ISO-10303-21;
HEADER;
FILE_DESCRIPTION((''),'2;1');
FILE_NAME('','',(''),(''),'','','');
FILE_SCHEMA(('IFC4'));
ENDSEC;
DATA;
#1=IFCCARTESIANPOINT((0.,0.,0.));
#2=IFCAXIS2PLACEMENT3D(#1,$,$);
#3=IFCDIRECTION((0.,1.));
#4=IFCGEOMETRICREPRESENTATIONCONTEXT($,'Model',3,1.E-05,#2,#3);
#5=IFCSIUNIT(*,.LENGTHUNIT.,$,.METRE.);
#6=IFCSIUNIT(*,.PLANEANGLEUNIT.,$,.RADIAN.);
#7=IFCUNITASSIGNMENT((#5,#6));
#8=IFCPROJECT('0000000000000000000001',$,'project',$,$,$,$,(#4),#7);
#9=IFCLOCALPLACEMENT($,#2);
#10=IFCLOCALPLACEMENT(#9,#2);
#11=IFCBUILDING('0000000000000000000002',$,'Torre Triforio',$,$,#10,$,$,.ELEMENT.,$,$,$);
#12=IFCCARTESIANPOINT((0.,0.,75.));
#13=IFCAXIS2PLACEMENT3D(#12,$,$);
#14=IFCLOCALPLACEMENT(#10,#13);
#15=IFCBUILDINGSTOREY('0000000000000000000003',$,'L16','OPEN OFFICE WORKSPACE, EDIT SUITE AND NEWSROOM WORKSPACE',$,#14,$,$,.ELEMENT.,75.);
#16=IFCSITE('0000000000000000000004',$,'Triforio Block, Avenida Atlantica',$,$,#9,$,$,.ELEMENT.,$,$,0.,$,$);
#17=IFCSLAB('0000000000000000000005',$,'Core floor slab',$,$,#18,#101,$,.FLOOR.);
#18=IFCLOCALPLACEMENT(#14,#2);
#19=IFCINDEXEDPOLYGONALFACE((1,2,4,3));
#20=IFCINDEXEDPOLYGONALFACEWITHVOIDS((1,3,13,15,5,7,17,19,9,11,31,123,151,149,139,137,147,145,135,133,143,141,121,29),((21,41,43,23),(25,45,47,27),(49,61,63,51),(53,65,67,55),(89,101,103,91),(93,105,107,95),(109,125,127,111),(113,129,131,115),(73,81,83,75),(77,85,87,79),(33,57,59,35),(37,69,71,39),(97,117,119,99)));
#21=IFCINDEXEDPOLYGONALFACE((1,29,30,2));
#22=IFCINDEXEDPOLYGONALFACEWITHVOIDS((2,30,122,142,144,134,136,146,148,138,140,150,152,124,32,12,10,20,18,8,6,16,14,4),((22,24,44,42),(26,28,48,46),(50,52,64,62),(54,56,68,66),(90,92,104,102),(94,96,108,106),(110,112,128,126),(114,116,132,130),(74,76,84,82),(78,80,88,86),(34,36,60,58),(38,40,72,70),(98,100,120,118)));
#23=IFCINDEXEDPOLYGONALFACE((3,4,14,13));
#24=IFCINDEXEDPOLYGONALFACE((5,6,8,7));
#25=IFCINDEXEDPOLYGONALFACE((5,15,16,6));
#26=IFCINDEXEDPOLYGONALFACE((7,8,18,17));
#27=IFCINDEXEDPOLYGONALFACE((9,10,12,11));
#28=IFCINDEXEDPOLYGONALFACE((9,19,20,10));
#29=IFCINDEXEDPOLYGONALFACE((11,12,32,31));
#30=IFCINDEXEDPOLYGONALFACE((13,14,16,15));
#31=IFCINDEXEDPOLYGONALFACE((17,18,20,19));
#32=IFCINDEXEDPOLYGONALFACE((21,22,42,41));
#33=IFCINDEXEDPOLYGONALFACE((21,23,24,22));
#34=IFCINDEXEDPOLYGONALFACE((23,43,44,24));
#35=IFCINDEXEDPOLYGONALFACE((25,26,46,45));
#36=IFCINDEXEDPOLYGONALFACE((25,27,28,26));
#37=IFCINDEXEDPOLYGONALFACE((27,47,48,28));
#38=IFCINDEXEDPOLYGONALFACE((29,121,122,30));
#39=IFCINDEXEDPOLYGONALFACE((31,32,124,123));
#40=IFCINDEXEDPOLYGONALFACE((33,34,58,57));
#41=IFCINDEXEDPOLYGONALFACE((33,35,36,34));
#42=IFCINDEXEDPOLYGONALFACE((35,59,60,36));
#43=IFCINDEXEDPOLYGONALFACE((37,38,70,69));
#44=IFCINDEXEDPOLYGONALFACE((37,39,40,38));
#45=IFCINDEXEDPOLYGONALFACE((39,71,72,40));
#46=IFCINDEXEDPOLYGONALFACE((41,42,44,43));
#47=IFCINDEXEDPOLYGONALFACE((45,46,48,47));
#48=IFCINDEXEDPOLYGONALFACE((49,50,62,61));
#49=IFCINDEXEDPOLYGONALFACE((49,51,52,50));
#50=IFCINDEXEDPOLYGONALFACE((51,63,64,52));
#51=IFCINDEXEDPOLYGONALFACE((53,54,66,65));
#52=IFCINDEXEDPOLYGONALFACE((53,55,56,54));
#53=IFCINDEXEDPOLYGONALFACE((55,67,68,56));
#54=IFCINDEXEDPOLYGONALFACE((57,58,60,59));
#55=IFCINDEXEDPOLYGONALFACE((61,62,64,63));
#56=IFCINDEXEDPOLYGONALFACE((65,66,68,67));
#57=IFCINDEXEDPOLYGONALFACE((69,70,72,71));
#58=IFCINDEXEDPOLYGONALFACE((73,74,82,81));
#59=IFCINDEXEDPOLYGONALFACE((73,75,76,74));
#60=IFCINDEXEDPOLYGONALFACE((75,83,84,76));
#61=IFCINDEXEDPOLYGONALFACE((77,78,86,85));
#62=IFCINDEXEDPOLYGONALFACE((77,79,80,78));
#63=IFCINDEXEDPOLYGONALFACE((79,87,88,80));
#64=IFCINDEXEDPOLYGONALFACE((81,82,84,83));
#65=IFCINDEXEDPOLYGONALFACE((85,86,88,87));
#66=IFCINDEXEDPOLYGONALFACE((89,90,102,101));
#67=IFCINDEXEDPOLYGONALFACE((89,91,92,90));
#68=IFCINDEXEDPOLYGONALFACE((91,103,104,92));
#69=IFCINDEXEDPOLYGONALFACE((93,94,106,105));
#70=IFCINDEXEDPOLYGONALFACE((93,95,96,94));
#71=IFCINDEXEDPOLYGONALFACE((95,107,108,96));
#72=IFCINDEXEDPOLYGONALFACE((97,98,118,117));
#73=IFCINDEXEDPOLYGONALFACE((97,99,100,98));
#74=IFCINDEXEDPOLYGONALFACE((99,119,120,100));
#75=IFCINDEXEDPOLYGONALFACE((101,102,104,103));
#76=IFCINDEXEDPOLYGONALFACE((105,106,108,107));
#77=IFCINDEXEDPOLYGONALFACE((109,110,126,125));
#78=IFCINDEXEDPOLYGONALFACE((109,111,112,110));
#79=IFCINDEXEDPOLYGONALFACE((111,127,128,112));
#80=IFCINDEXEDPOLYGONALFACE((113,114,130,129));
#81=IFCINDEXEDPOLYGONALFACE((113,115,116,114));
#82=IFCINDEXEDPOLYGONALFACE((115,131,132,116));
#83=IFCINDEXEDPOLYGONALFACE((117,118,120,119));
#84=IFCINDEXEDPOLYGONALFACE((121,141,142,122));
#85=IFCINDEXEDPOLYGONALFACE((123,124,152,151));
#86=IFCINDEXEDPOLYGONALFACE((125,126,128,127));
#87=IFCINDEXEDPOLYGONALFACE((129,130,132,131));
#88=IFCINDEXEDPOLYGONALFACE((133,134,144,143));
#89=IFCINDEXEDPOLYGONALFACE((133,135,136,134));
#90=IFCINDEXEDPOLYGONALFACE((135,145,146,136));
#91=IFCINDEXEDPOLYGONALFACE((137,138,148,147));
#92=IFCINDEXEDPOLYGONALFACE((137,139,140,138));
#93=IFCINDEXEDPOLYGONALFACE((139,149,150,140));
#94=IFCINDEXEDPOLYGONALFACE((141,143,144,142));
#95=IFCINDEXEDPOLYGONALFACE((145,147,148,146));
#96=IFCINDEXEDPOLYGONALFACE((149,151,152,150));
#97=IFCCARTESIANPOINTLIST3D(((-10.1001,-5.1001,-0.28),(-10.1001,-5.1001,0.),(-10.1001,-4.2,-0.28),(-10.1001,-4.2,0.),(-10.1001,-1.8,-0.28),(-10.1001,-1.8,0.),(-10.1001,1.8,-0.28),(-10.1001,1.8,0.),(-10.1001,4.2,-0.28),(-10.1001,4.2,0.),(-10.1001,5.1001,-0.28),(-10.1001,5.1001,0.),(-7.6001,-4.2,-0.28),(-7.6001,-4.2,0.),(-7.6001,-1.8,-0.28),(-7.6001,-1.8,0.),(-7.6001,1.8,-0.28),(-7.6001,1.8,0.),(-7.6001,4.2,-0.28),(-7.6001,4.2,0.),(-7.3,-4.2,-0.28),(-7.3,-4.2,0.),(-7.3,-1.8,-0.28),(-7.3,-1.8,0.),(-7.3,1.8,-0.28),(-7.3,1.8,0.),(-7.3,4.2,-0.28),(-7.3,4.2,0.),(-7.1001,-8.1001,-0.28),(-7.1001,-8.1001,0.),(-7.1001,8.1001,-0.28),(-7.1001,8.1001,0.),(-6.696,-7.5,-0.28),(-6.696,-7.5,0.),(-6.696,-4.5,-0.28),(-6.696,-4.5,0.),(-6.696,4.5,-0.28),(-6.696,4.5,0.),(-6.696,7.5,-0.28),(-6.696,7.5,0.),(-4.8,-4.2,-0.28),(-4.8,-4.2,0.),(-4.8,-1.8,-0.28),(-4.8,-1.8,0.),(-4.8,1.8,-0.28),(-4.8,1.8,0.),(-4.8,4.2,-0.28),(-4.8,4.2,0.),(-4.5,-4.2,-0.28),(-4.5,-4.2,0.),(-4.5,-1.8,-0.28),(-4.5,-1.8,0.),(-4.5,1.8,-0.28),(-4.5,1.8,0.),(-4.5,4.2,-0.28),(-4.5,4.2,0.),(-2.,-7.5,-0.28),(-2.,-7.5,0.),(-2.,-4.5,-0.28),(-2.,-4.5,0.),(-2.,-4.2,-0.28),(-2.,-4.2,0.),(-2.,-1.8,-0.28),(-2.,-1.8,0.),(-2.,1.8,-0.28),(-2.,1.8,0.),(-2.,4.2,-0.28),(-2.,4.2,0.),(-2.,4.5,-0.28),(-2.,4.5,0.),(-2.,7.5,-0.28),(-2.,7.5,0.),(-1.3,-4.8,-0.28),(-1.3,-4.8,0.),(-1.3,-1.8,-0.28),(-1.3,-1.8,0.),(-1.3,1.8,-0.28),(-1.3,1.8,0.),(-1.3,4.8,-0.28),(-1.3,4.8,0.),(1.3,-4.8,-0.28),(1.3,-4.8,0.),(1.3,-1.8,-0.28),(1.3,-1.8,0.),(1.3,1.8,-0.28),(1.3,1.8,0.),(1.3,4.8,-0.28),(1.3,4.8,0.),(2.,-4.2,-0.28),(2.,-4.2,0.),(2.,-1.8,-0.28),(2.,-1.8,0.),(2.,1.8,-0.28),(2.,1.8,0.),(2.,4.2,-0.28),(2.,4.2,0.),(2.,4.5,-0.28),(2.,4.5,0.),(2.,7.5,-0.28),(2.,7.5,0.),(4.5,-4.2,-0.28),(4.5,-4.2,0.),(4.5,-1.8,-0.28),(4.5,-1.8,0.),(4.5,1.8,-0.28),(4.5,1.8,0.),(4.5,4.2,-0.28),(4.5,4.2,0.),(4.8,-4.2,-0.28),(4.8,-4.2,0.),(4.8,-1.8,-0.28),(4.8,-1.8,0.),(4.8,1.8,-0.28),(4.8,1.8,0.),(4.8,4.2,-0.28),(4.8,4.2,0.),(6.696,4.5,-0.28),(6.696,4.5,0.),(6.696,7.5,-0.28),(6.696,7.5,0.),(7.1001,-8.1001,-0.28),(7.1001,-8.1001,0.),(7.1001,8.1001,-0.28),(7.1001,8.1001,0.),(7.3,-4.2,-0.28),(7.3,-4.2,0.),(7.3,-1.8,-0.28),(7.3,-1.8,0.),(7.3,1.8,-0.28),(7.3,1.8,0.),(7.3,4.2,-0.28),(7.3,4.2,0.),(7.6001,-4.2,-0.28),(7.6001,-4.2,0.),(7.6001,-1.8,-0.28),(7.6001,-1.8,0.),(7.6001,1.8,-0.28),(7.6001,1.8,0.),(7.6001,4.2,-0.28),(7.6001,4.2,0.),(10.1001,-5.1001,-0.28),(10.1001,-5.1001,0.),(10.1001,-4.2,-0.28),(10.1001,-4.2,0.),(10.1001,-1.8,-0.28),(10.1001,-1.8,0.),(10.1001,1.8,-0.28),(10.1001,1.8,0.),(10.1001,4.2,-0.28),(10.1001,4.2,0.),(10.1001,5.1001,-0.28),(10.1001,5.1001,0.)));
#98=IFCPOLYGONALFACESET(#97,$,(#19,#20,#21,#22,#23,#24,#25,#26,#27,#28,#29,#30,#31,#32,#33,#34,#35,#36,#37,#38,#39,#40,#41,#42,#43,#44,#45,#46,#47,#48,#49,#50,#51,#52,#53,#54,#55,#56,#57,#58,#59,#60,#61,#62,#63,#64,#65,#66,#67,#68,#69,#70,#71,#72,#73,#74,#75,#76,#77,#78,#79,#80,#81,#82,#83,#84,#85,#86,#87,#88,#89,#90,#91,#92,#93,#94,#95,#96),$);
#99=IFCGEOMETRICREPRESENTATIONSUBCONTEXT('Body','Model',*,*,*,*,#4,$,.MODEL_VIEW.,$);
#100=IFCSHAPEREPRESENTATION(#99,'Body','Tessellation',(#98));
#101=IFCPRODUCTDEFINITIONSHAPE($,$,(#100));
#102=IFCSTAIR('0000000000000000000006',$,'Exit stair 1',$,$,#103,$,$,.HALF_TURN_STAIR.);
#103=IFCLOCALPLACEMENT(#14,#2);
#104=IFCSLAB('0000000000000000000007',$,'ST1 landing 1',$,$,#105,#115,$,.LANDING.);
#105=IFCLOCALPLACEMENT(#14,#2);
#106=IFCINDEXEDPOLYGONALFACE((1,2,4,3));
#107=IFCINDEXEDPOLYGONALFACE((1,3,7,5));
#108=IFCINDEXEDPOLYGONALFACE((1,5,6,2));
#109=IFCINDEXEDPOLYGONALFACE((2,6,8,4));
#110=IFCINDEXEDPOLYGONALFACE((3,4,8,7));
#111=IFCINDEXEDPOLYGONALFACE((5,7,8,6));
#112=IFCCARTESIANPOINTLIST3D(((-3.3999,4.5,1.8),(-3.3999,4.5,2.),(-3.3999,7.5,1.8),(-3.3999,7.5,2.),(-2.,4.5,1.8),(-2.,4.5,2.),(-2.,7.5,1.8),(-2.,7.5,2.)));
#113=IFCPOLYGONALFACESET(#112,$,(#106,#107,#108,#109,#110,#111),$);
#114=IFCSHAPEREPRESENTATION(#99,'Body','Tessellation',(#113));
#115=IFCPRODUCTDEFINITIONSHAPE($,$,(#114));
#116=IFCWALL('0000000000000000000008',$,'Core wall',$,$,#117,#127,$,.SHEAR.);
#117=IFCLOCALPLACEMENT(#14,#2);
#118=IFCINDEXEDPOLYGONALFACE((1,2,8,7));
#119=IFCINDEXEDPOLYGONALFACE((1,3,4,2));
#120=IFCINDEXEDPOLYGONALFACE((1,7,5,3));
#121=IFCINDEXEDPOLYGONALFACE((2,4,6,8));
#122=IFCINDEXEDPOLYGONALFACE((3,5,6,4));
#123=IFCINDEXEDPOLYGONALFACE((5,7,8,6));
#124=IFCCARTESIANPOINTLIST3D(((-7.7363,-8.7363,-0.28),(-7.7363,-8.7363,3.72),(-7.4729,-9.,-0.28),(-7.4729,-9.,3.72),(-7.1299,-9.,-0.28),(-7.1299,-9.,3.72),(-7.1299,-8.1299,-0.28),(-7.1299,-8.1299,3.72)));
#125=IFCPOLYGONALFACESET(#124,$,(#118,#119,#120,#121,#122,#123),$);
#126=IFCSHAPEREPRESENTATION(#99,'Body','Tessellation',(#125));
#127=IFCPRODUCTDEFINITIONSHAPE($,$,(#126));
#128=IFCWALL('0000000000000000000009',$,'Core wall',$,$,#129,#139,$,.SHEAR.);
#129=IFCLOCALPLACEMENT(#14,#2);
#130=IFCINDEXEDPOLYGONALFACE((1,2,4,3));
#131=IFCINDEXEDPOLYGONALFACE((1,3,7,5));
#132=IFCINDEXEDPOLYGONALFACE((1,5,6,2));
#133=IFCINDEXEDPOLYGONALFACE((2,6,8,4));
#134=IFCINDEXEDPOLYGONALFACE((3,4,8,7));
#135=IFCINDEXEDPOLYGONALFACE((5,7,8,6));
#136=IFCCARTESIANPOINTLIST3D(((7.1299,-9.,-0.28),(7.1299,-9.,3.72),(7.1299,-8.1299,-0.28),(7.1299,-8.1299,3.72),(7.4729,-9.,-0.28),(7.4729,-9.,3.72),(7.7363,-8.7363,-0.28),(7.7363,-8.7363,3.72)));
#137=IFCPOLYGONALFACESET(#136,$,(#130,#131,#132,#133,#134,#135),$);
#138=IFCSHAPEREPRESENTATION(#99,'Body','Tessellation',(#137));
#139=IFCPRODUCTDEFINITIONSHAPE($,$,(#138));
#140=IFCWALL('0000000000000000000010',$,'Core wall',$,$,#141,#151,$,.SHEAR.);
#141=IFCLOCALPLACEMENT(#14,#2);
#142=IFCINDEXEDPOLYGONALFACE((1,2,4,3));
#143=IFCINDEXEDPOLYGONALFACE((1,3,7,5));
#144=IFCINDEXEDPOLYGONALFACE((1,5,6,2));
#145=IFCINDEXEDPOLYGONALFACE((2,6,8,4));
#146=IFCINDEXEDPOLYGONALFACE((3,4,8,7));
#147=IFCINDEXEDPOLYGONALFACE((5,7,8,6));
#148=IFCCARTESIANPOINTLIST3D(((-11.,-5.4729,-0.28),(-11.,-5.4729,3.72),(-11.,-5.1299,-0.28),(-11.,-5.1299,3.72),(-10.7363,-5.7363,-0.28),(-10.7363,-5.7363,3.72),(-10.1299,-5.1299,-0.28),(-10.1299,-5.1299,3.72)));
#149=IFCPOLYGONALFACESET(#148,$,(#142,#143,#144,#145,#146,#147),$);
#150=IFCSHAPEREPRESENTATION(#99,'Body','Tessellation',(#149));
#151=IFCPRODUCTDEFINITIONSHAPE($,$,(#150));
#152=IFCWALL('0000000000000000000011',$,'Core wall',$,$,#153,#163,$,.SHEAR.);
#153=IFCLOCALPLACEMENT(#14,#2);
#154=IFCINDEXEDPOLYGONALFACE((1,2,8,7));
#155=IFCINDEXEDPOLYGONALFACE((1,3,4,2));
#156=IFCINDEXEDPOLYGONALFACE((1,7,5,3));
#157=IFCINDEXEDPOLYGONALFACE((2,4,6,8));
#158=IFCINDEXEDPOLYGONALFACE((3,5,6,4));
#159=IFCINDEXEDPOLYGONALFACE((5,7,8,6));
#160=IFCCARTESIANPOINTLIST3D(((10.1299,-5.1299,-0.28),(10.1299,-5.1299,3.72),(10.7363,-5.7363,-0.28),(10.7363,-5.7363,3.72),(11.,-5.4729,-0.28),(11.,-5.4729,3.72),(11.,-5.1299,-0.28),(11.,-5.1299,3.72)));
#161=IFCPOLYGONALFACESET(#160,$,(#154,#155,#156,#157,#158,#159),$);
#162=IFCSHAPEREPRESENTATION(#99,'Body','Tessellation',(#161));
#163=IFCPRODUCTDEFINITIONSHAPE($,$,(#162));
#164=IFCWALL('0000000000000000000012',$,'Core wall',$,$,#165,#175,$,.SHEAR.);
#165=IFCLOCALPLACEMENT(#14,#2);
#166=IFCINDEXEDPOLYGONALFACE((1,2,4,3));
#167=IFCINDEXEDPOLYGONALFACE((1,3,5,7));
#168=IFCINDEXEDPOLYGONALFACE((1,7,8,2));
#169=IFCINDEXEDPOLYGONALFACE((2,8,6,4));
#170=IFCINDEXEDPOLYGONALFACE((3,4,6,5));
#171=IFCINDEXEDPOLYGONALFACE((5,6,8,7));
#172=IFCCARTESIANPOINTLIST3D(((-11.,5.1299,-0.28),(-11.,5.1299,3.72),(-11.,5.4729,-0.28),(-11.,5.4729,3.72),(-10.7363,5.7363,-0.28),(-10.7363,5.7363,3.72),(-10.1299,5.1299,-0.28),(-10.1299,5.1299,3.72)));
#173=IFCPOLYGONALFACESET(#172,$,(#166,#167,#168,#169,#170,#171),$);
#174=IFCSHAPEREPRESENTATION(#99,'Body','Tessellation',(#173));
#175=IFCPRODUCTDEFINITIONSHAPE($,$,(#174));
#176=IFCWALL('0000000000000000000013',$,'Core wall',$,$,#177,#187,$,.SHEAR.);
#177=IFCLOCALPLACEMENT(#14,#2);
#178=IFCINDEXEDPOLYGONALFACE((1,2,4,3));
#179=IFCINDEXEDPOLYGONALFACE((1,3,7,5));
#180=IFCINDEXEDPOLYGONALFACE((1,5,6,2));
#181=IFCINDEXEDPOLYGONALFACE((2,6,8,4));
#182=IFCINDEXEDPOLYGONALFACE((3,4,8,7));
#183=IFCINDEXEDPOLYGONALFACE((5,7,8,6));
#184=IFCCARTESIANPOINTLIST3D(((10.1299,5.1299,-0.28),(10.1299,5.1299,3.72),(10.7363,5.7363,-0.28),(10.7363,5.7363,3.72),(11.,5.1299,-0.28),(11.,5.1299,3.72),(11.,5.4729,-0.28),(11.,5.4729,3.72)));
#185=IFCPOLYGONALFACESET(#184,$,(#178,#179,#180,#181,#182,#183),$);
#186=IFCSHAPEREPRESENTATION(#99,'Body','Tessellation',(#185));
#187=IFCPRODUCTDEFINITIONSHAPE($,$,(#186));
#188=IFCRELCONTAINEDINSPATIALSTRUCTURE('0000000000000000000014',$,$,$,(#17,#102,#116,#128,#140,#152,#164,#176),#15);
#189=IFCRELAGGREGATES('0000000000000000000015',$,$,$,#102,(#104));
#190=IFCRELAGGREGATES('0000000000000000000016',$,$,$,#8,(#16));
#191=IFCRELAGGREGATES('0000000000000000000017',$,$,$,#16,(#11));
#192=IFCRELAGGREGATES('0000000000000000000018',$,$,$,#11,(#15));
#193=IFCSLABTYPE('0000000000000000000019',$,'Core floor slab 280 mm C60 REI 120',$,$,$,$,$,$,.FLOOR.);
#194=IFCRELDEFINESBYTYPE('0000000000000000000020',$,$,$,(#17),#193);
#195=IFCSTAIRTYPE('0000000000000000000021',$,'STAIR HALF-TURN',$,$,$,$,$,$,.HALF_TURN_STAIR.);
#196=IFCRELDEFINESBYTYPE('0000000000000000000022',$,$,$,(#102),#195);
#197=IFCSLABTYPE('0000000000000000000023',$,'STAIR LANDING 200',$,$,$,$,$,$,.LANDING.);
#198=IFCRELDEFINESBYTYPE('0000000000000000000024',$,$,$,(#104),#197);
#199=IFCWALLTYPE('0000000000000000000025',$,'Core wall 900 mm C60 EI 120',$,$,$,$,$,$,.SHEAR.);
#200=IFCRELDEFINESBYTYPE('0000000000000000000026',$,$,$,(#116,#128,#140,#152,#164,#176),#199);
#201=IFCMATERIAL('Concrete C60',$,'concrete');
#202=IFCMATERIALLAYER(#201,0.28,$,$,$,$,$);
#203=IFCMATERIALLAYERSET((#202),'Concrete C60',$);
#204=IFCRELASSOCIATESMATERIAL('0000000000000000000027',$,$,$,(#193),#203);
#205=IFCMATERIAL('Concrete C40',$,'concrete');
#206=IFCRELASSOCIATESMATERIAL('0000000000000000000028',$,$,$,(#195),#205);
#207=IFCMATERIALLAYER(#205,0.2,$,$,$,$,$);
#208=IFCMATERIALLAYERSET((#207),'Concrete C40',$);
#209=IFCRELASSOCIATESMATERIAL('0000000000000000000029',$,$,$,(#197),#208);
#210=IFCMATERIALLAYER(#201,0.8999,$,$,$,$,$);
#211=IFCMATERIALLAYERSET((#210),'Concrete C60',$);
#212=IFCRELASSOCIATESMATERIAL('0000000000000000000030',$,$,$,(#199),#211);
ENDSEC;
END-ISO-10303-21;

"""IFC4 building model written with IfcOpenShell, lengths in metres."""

from ifc_helpers import new_model, si_unit, direction, frame, origin, place, context, subcontext, project, spatial, polyline, outline, extrude, material, layer, layer_set, type_object, element, aggregate, save


model = new_model("IFC4")

# Units and contexts
model_context = context("Model", 3, precision=1e-05, world=origin(), true_north=direction((0.0, 1.0)))
body_context = subcontext(model_context, "Body", "Model", "MODEL_VIEW")
ifc_project = project(units=[si_unit("LENGTHUNIT", "METRE"), si_unit("PLANEANGLEUNIT", "RADIAN")], contexts=[model_context])

# Site, building, storey
site_placement = place(None, origin())
site = spatial("IfcSite", under=ifc_project, at=site_placement, Name="Triforio Block, Avenida Atlantica", CompositionType="ELEMENT", RefElevation=0.0)
building_placement = place(site_placement, origin())
building = spatial("IfcBuilding", under=site, at=building_placement, Name="Torre Triforio", CompositionType="ELEMENT")
storey_placement = place(building_placement, frame((0.0, 0.0, 75.0)))
storey = spatial("IfcBuildingStorey", under=building, at=storey_placement, Name="L16", Description="OPEN OFFICE WORKSPACE, EDIT SUITE AND NEWSROOM WORKSPACE", CompositionType="ELEMENT", Elevation=75.0)

# Slab
ifc_material_1 = material(Name="Concrete C60", Category="concrete")
ifc_layer_1 = layer(ifc_material_1, 0.28)
ifc_layer_set_1 = layer_set([ifc_layer_1], Name="Concrete C60")
slab_type_1 = type_object("IfcSlabType", Name="Core floor slab 280 mm C60 REI 120", PredefinedType="FLOOR", material=ifc_layer_set_1)
slab_1_placement = place(storey_placement, frame((0.0, 0.0, -0.28)))
element("IfcSlab", 1, at=slab_1_placement, inside=storey, type_object=slab_type_1, Name="Core floor slab", PredefinedType="FLOOR", context=body_context, shape_type="SweptSolid", body=[
    extrude(outline(polyline([(10.1001, -5.1001), (7.1001, -8.1001), (-7.1001, -8.1001), (-10.1001, -5.1001), (-10.1001, -4.2), (-7.6001, -4.2), (-7.6001, -1.8), (-10.1001, -1.8), (-10.1001, 1.8), (-7.6001, 1.8), (-7.6001, 4.2), (-10.1001, 4.2), (-10.1001, 5.1001), (-7.1001, 8.1001), (7.1001, 8.1001), (10.1001, 5.1001), (10.1001, 4.2), (7.6001, 4.2), (7.6001, 1.8), (10.1001, 1.8), (10.1001, -1.8), (7.6001, -1.8), (7.6001, -4.2), (10.1001, -4.2), (10.1001, -5.1001)]), holes=[polyline([(-2.0, -4.5), (-6.696, -4.5), (-6.696, -7.5), (-2.0, -7.5), (-2.0, -4.5)]), polyline([(-4.8, -1.8), (-7.3, -1.8), (-7.3, -4.2), (-4.8, -4.2), (-4.8, -1.8)]), polyline([(-2.0, -1.8), (-4.5, -1.8), (-4.5, -4.2), (-2.0, -4.2), (-2.0, -1.8)]), polyline([(-4.8, 4.2), (-7.3, 4.2), (-7.3, 1.8), (-4.8, 1.8), (-4.8, 4.2)]), polyline([(-2.0, 4.2), (-4.5, 4.2), (-4.5, 1.8), (-2.0, 1.8), (-2.0, 4.2)]), polyline([(1.3, 4.8), (-1.3, 4.8), (-1.3, 1.8), (1.3, 1.8), (1.3, 4.8)]), polyline([(-2.0, 7.5), (-6.696, 7.5), (-6.696, 4.5), (-2.0, 4.5), (-2.0, 7.5)]), polyline([(1.3, -1.8), (-1.3, -1.8), (-1.3, -4.8), (1.3, -4.8), (1.3, -1.8)]), polyline([(4.5, -1.8), (2.0, -1.8), (2.0, -4.2), (4.5, -4.2), (4.5, -1.8)]), polyline([(7.3, -1.8), (4.8, -1.8), (4.8, -4.2), (7.3, -4.2), (7.3, -1.8)]), polyline([(4.5, 4.2), (2.0, 4.2), (2.0, 1.8), (4.5, 1.8), (4.5, 4.2)]), polyline([(7.3, 4.2), (4.8, 4.2), (4.8, 1.8), (7.3, 1.8), (7.3, 4.2)]), polyline([(6.696, 4.5), (6.696, 7.5), (2.0, 7.5), (2.0, 4.5), (6.696, 4.5)])]), origin(), (0.0, 0.0, 1.0), 0.28),
])

# Stair, slab
ifc_material_2 = material(Name="Concrete C40", Category="concrete")
stair_type = type_object("IfcStairType", Name="STAIR HALF-TURN", PredefinedType="HALF_TURN_STAIR", material=ifc_material_2)
stair_placement = place(storey_placement, origin())
stair = element("IfcStair", 2, at=stair_placement, inside=storey, type_object=stair_type, Name="Exit stair 1", PredefinedType="HALF_TURN_STAIR")
ifc_layer_2 = layer(ifc_material_2, 0.2)
ifc_layer_set_2 = layer_set([ifc_layer_2], Name="Concrete C40")
slab_type_2 = type_object("IfcSlabType", Name="STAIR LANDING 200", PredefinedType="LANDING", material=ifc_layer_set_2)
slab_2_placement = place(storey_placement, frame((0.0, 0.0, 1.8)))
slab_2 = element("IfcSlab", 3, at=slab_2_placement, type_object=slab_type_2, Name="ST1 landing 1", PredefinedType="LANDING", context=body_context, shape_type="SweptSolid", body=[
    extrude(outline(polyline([(-2.0, 4.5), (-2.0, 7.5), (-3.3999, 7.5), (-3.3999, 4.5), (-2.0, 4.5)])), origin(), (0.0, 0.0, 1.0), 0.2),
])
aggregate(stair, [slab_2])

# Walls
ifc_layer_3 = layer(ifc_material_1, 0.8999)
ifc_layer_set_3 = layer_set([ifc_layer_3], Name="Concrete C60")
wall_type_1 = type_object("IfcWallType", Name="Core wall 900 mm C60 EI 120", PredefinedType="SHEAR", material=ifc_layer_set_3)
wall_1_placement = place(storey_placement, frame((0.0, 0.0, -0.28)))
element("IfcWall", 4, at=wall_1_placement, inside=storey, type_object=wall_type_1, Name="Core wall", PredefinedType="SHEAR", context=body_context, shape_type="SweptSolid", body=[
    extrude(outline(polyline([(-7.4729, -9.0), (-7.7363, -8.7363), (-7.1299, -8.1299), (-7.1299, -9.0), (-7.4729, -9.0)])), origin(), (0.0, 0.0, 1.0), 4.0),
])
wall_2_placement = place(storey_placement, frame((0.0, 0.0, -0.28)))
element("IfcWall", 5, at=wall_2_placement, inside=storey, type_object=wall_type_1, Name="Core wall", PredefinedType="SHEAR", context=body_context, shape_type="SweptSolid", body=[
    extrude(outline(polyline([(7.4729, -9.0), (7.1299, -9.0), (7.1299, -8.1299), (7.7363, -8.7363), (7.4729, -9.0)])), origin(), (0.0, 0.0, 1.0), 4.0),
])
wall_3_placement = place(storey_placement, frame((0.0, 0.0, -0.28)))
element("IfcWall", 6, at=wall_3_placement, inside=storey, type_object=wall_type_1, Name="Core wall", PredefinedType="SHEAR", context=body_context, shape_type="SweptSolid", body=[
    extrude(outline(polyline([(-11.0, -5.4729), (-11.0, -5.1299), (-10.1299, -5.1299), (-10.7363, -5.7363), (-11.0, -5.4729)])), origin(), (0.0, 0.0, 1.0), 4.0),
])
wall_4_placement = place(storey_placement, frame((0.0, 0.0, -0.28)))
element("IfcWall", 7, at=wall_4_placement, inside=storey, type_object=wall_type_1, Name="Core wall", PredefinedType="SHEAR", context=body_context, shape_type="SweptSolid", body=[
    extrude(outline(polyline([(11.0, -5.4729), (10.7363, -5.7363), (10.1299, -5.1299), (11.0, -5.1299), (11.0, -5.4729)])), origin(), (0.0, 0.0, 1.0), 4.0),
])
wall_5_placement = place(storey_placement, frame((0.0, 0.0, -0.28)))
element("IfcWall", 8, at=wall_5_placement, inside=storey, type_object=wall_type_1, Name="Core wall", PredefinedType="SHEAR", context=body_context, shape_type="SweptSolid", body=[
    extrude(outline(polyline([(-10.7363, 5.7363), (-10.1299, 5.1299), (-11.0, 5.1299), (-11.0, 5.4729), (-10.7363, 5.7363)])), origin(), (0.0, 0.0, 1.0), 4.0),
])
wall_6_placement = place(storey_placement, frame((0.0, 0.0, -0.28)))
element("IfcWall", 9, at=wall_6_placement, inside=storey, type_object=wall_type_1, Name="Core wall", PredefinedType="SHEAR", context=body_context, shape_type="SweptSolid", body=[
    extrude(outline(polyline([(11.0, 5.4729), (11.0, 5.1299), (10.1299, 5.1299), (10.7363, 5.7363), (11.0, 5.4729)])), origin(), (0.0, 0.0, 1.0), 4.0),
])

save(model, "model.ifc")
